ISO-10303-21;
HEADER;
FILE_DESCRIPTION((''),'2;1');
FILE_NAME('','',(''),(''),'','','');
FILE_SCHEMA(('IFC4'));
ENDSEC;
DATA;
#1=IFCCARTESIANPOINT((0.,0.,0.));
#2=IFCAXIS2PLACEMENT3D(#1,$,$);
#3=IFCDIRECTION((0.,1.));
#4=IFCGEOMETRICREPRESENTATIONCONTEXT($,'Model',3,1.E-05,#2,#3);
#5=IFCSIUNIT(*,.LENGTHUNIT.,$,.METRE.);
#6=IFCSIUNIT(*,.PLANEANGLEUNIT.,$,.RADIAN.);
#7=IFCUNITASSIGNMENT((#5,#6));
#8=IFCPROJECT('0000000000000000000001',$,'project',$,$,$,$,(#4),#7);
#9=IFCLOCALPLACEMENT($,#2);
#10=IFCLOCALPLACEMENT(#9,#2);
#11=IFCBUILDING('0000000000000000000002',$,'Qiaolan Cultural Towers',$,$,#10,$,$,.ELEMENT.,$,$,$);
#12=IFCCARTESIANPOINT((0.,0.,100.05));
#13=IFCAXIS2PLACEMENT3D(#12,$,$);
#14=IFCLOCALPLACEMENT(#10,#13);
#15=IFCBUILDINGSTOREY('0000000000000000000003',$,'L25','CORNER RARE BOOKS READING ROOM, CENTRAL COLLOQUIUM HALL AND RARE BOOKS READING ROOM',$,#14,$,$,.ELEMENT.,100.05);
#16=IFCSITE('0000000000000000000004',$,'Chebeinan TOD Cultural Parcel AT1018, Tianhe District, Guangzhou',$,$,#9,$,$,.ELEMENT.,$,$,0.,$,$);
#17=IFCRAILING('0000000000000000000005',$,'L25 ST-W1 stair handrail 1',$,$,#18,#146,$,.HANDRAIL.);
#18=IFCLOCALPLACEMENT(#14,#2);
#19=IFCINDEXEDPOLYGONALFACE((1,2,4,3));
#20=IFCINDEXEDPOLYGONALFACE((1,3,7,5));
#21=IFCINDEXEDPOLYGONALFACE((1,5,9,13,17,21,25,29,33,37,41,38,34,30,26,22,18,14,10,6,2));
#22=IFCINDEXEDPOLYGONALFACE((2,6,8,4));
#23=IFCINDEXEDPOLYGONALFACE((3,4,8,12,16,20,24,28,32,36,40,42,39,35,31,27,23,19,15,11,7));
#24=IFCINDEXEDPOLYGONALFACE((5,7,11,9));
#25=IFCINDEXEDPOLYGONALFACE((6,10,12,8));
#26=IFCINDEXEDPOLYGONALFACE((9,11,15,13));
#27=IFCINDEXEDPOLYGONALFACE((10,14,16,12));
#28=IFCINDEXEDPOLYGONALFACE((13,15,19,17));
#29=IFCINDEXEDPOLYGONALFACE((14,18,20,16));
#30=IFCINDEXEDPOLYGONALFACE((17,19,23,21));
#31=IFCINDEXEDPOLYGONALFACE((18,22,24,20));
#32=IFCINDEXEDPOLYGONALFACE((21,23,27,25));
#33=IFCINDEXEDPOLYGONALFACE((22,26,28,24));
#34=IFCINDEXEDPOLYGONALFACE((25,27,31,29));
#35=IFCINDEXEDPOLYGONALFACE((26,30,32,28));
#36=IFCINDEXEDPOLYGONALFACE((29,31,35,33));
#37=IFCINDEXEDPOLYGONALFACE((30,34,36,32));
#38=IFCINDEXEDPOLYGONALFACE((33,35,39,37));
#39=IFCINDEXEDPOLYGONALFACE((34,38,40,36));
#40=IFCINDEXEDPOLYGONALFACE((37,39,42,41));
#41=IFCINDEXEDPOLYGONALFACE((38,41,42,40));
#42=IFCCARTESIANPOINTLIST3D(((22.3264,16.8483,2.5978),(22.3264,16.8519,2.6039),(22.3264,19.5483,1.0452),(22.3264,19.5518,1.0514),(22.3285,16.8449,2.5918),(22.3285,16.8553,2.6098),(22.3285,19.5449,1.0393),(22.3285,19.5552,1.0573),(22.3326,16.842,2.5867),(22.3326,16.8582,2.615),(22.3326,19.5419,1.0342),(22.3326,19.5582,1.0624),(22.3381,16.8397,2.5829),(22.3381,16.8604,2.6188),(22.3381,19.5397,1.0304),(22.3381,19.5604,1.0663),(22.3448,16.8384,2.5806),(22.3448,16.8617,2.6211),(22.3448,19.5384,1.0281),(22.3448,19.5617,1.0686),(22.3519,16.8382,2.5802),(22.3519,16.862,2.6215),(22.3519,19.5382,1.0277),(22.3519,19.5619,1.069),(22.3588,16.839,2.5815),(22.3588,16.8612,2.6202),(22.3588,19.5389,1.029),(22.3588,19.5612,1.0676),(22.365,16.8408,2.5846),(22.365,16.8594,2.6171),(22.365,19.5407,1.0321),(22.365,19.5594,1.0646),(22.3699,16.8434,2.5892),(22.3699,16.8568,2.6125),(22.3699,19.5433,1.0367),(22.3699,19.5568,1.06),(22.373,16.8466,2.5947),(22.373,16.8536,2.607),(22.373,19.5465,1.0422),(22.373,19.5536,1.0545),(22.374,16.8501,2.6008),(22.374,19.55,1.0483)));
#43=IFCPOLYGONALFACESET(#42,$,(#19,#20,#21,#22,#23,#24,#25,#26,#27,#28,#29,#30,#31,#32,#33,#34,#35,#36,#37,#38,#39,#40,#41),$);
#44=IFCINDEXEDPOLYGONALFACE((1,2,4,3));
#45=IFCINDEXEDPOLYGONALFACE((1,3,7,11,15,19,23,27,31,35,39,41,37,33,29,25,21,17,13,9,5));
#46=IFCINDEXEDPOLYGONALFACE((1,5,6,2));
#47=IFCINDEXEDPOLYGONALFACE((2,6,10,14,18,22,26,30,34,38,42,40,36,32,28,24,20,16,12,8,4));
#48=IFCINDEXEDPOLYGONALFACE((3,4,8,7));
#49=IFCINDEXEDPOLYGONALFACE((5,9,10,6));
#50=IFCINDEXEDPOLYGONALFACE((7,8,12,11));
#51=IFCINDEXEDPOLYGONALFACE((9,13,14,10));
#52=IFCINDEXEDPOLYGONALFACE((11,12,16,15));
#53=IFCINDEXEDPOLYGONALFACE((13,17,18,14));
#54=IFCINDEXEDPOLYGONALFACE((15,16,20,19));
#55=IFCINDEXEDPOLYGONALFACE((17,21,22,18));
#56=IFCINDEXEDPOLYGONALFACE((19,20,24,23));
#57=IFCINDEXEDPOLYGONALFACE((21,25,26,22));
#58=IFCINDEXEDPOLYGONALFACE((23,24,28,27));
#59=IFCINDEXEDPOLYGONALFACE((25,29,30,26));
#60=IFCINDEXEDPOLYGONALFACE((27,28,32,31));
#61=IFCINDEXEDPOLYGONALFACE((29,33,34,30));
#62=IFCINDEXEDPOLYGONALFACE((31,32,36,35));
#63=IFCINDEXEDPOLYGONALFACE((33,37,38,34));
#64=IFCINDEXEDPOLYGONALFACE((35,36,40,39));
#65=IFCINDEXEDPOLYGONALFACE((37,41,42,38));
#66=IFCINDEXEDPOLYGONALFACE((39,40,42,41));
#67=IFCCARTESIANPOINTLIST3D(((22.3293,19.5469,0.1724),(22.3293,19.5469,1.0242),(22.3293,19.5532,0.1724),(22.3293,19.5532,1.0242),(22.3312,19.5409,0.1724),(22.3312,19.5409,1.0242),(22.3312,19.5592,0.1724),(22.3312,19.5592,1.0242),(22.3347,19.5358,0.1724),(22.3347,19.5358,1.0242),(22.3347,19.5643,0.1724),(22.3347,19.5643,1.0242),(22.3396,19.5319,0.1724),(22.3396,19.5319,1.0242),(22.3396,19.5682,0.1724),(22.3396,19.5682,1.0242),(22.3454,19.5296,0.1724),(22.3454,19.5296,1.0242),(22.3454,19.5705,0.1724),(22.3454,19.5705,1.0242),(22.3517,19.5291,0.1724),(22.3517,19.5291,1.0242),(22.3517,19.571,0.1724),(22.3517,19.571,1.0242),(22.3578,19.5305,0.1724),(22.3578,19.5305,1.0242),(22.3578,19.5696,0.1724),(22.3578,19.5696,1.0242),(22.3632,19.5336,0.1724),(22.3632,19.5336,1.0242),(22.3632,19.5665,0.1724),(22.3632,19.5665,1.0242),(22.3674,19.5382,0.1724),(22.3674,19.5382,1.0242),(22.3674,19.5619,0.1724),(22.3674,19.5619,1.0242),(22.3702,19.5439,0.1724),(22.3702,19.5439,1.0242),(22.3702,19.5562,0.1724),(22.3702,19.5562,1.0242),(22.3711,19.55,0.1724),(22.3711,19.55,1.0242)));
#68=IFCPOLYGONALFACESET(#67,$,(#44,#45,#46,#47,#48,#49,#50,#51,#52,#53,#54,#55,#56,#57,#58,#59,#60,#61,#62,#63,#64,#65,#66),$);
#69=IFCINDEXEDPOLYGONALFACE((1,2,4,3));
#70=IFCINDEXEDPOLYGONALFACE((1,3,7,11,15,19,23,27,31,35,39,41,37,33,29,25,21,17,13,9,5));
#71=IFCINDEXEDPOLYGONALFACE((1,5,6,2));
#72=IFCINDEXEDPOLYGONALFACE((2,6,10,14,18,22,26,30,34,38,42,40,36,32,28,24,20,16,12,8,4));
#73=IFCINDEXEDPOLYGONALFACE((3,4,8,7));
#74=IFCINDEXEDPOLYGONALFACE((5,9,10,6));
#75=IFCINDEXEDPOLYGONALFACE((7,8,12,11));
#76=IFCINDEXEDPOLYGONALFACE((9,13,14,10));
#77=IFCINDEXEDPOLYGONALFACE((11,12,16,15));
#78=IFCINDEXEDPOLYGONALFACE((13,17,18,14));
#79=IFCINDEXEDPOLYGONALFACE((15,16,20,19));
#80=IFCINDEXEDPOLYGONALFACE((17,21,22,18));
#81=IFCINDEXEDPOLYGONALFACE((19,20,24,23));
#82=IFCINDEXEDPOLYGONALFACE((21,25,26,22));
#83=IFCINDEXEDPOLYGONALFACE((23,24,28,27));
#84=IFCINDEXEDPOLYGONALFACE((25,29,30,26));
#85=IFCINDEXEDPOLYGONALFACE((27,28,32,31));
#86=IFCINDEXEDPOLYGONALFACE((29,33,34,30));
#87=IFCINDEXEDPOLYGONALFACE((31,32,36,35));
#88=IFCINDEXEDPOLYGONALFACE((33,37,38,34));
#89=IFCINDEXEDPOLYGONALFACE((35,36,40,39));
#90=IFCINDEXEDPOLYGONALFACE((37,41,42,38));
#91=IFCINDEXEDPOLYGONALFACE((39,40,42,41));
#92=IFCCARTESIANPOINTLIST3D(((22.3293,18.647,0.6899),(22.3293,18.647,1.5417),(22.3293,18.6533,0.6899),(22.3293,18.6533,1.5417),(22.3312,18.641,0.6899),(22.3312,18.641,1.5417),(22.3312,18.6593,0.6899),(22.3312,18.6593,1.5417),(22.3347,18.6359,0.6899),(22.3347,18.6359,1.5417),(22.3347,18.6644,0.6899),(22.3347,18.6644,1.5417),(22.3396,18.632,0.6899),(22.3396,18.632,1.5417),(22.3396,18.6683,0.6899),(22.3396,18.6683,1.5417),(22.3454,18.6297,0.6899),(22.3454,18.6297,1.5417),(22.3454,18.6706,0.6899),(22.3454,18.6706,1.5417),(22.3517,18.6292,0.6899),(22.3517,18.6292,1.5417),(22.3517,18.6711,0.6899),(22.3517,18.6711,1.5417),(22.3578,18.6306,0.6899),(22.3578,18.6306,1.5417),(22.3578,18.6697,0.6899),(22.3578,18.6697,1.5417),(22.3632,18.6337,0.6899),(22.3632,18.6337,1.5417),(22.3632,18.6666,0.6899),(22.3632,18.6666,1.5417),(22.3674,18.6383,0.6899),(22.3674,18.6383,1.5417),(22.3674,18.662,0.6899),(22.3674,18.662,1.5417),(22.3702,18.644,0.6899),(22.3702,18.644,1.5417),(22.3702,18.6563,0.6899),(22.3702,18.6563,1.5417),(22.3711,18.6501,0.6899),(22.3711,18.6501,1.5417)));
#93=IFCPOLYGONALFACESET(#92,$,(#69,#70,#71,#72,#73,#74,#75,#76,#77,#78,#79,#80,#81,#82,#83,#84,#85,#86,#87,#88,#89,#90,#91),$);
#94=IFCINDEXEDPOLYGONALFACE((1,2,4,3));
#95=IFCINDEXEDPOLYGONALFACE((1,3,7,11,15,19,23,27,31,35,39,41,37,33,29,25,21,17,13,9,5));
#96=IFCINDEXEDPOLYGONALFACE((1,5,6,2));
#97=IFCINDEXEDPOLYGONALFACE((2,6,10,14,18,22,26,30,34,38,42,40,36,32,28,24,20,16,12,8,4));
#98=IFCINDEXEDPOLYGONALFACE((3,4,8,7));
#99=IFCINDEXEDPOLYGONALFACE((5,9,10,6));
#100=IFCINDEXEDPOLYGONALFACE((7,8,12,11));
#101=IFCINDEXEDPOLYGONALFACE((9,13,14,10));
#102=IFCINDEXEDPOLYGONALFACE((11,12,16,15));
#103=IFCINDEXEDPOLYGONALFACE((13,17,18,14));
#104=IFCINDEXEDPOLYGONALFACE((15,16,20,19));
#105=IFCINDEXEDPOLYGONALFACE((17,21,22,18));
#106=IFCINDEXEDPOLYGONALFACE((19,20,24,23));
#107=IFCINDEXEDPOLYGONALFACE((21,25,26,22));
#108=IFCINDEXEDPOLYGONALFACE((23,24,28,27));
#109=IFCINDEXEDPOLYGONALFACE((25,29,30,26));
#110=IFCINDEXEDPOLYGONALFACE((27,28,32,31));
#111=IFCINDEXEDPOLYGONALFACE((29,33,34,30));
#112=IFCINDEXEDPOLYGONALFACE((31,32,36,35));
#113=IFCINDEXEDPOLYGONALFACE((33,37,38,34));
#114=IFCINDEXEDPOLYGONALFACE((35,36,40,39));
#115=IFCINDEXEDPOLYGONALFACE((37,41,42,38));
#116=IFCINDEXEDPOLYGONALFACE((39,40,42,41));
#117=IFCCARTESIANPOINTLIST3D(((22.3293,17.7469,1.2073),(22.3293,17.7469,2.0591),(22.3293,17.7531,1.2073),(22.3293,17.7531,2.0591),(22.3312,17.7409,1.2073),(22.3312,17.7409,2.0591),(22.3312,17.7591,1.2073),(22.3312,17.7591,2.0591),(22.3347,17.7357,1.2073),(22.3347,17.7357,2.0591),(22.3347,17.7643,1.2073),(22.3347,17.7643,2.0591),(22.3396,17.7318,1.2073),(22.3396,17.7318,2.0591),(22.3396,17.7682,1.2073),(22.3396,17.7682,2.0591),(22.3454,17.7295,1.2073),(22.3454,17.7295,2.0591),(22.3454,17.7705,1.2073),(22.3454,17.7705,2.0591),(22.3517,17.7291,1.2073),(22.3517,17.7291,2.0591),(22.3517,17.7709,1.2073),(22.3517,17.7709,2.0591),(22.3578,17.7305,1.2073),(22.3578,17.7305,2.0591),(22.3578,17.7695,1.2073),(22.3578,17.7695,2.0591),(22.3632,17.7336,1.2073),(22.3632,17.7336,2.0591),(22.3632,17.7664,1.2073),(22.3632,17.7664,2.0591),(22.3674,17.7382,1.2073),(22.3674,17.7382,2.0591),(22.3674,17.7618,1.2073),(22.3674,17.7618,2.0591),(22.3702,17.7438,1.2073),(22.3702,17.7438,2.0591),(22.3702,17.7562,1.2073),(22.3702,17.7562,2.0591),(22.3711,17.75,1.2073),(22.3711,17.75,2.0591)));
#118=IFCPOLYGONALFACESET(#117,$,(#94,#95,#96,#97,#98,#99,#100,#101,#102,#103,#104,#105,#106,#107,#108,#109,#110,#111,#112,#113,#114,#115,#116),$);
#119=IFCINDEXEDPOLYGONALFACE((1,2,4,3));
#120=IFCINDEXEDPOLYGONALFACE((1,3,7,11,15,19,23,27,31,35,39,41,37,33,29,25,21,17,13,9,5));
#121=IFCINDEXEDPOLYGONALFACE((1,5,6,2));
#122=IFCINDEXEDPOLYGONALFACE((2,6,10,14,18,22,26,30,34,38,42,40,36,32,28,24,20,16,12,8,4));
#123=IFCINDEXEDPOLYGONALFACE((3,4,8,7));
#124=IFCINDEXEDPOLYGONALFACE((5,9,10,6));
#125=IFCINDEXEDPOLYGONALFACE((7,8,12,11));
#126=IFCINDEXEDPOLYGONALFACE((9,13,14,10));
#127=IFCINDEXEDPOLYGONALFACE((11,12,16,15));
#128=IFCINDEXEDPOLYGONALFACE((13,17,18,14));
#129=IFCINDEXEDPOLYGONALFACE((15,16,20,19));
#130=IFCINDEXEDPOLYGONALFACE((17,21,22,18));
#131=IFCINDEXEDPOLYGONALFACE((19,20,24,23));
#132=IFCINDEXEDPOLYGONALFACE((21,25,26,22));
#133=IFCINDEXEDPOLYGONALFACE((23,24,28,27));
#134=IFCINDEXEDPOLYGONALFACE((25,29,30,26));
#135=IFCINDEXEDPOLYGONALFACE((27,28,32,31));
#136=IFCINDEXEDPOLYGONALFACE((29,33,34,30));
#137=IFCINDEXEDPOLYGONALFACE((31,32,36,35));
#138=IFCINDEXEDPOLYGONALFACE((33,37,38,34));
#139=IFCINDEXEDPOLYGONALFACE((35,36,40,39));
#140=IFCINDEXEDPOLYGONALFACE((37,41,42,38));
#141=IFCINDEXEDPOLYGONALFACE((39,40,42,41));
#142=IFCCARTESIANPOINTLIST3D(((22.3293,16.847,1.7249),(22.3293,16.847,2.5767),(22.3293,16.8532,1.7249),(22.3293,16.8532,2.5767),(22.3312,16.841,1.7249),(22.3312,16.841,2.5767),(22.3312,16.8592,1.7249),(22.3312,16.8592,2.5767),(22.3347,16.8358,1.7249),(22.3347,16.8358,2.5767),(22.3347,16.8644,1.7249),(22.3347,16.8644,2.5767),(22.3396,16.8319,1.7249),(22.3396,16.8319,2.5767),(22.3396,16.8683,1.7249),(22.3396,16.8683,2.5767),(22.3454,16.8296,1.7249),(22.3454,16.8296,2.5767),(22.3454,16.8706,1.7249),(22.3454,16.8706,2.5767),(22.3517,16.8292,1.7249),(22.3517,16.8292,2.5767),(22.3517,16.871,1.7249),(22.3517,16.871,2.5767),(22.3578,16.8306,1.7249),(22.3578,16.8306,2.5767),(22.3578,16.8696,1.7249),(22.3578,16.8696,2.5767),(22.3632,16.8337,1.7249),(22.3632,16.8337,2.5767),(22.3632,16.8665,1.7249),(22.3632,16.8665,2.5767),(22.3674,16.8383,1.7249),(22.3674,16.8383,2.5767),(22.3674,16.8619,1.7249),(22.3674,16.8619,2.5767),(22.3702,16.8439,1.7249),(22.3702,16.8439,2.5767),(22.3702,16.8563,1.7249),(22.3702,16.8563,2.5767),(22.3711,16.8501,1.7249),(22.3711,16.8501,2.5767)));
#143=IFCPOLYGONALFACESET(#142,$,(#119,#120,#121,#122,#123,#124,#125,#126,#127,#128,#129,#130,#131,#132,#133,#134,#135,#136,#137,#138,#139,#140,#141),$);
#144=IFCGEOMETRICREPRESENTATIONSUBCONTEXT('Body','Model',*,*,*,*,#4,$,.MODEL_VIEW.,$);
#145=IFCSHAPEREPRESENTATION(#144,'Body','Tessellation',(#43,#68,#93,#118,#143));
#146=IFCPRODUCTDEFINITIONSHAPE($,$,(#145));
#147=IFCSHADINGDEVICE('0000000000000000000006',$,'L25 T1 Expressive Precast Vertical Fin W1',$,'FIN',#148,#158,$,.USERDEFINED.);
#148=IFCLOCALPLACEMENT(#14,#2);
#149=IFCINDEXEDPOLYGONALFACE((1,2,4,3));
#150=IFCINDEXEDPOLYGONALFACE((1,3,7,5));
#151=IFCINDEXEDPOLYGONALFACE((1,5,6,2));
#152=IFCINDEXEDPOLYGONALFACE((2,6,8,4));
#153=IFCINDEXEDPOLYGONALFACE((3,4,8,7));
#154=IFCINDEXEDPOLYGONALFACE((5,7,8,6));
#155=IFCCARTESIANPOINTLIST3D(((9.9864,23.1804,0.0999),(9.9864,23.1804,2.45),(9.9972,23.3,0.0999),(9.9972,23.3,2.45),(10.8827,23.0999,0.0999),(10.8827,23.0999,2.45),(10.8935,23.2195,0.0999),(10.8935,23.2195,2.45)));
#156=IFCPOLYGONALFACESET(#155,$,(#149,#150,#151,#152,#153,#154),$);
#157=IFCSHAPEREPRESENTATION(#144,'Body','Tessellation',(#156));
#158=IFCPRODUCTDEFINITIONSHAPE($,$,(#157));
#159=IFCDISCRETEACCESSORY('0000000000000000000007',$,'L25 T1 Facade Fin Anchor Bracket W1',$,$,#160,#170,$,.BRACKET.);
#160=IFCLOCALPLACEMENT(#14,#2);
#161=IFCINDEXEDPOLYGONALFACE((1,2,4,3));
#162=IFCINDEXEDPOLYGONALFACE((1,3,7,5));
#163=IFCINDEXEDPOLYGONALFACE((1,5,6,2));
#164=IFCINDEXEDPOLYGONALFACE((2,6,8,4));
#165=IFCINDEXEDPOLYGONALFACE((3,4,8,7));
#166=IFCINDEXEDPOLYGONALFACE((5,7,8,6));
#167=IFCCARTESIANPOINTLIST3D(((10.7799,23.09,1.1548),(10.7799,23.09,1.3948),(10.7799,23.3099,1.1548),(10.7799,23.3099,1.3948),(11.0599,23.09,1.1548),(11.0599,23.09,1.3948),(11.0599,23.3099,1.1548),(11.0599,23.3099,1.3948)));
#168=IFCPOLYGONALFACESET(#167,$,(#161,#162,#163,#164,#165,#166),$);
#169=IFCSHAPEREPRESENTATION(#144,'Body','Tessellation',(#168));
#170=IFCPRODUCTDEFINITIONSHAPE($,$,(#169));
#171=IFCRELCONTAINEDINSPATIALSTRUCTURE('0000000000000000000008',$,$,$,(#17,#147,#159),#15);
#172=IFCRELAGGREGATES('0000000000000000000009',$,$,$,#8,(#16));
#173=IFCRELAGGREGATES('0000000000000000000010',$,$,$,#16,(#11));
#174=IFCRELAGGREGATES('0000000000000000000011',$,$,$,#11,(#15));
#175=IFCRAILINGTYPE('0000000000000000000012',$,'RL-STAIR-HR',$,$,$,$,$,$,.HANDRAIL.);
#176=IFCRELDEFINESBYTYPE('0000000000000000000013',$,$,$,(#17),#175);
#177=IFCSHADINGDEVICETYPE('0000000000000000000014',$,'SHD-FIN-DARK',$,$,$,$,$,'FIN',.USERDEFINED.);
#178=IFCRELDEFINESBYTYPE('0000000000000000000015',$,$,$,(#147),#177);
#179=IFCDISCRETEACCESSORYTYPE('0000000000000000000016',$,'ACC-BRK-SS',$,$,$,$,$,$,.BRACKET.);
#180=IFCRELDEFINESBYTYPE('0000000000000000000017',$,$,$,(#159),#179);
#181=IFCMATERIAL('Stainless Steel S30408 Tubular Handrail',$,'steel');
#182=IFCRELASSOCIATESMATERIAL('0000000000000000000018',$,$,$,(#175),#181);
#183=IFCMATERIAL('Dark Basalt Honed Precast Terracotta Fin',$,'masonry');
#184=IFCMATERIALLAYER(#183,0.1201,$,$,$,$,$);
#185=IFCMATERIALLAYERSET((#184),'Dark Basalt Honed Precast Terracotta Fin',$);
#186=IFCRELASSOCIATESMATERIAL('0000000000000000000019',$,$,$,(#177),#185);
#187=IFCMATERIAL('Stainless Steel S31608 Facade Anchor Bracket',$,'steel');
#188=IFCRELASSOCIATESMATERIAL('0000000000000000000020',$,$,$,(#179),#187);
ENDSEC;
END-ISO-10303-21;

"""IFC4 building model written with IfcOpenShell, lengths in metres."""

from ifc_helpers import new_model, si_unit, direction, frame, origin, origin_2d, place, context, subcontext, project, spatial, rectangle, circle, extrude, material, layer, layer_set, type_object, element, save


model = new_model("IFC4")

# Units and contexts
model_context = context("Model", 3, precision=1e-05, world=origin(), true_north=direction((0.0, 1.0)))
body_context = subcontext(model_context, "Body", "Model", "MODEL_VIEW")
ifc_project = project(units=[si_unit("LENGTHUNIT", "METRE"), si_unit("PLANEANGLEUNIT", "RADIAN")], contexts=[model_context])

# Site, building, storey
site_placement = place(None, origin())
site = spatial("IfcSite", under=ifc_project, at=site_placement, Name="Chebeinan TOD Cultural Parcel AT1018, Tianhe District, Guangzhou", CompositionType="ELEMENT", RefElevation=0.0)
building_placement = place(site_placement, origin())
building = spatial("IfcBuilding", under=site, at=building_placement, Name="Qiaolan Cultural Towers", CompositionType="ELEMENT")
storey_placement = place(building_placement, frame((0.0, 0.0, 100.05)))
storey = spatial("IfcBuildingStorey", under=building, at=storey_placement, Name="L25", Description="CORNER RARE BOOKS READING ROOM, CENTRAL COLLOQUIUM HALL AND RARE BOOKS READING ROOM", CompositionType="ELEMENT", Elevation=100.05)

# Railing
ifc_material_1 = material(Name="Stainless Steel S30408 Tubular Handrail", Category="steel")
railing_type_1 = type_object("IfcRailingType", Name="RL-STAIR-HR", PredefinedType="HANDRAIL", material=ifc_material_1)
railing_1_placement = place(storey_placement, frame((22.3501, 19.55, 0.1724)))
element("IfcRailing", 1, at=railing_1_placement, inside=storey, type_object=railing_type_1, Name="L25 ST-W1 stair handrail 1", PredefinedType="HANDRAIL", context=body_context, shape_type="SweptSolid", body=[
    extrude(circle(Radius=0.0239, at=origin_2d()), frame((0.0, 0.0, 0.876), z_axis=(0.0, -0.866904, 0.498476), x_axis=(1.0, 0.0, 0.0)), (0.0, 0.0, 1.0), 3.1145),
    extrude(circle(Radius=0.021, at=origin_2d()), origin(), (0.0, 0.0, 1.0), 0.8518),
    extrude(circle(Radius=0.021, at=origin_2d()), frame((0.0, -0.8999, 0.5176)), (0.0, 0.0, 1.0), 0.8518),
    extrude(circle(Radius=0.021, at=origin_2d()), frame((0.0, -1.8, 1.0349)), (0.0, 0.0, 1.0), 0.8518),
    extrude(circle(Radius=0.021, at=origin_2d()), frame((0.0, -2.7, 1.5525)), (0.0, 0.0, 1.0), 0.8518),
])

# Shading device
ifc_material_2 = material(Name="Dark Basalt Honed Precast Terracotta Fin", Category="masonry")
ifc_layer_1 = layer(ifc_material_2, 0.1201)
ifc_layer_set_1 = layer_set([ifc_layer_1], Name="Dark Basalt Honed Precast Terracotta Fin")
shading_device_type = type_object("IfcShadingDeviceType", Name="SHD-FIN-DARK", ElementType="FIN", PredefinedType="USERDEFINED", material=ifc_layer_set_1)
shading_device_placement = place(storey_placement, frame((10.4399, 23.2, 0.0999), z_axis=(0.0, 0.0, 1.0), x_axis=(0.995994, -0.089421, 0.0)))
element("IfcShadingDevice", 2, at=shading_device_placement, inside=storey, type_object=shading_device_type, Name="L25 T1 Expressive Precast Vertical Fin W1", ObjectType="FIN", PredefinedType="USERDEFINED", context=body_context, shape_type="SweptSolid", body=[
    extrude(rectangle(XDim=0.8999, YDim=0.1201, at=origin_2d()), origin(), (0.0, 0.0, 1.0), 2.3501),
])

# Discrete accessory
ifc_material_3 = material(Name="Stainless Steel S31608 Facade Anchor Bracket", Category="steel")
discrete_accessory_type = type_object("IfcDiscreteAccessoryType", Name="ACC-BRK-SS", PredefinedType="BRACKET", material=ifc_material_3)
discrete_accessory_placement = place(storey_placement, frame((10.9199, 23.2, 1.1548), z_axis=(0.0, 0.0, 1.0), x_axis=(1.0, 0.0, 0.0)))
element("IfcDiscreteAccessory", 3, at=discrete_accessory_placement, inside=storey, type_object=discrete_accessory_type, Name="L25 T1 Facade Fin Anchor Bracket W1", PredefinedType="BRACKET", context=body_context, shape_type="SweptSolid", body=[
    extrude(rectangle(XDim=0.28, YDim=0.22, at=origin_2d()), origin(), (0.0, 0.0, 1.0), 0.24),
])

save(model, "model.ifc")
